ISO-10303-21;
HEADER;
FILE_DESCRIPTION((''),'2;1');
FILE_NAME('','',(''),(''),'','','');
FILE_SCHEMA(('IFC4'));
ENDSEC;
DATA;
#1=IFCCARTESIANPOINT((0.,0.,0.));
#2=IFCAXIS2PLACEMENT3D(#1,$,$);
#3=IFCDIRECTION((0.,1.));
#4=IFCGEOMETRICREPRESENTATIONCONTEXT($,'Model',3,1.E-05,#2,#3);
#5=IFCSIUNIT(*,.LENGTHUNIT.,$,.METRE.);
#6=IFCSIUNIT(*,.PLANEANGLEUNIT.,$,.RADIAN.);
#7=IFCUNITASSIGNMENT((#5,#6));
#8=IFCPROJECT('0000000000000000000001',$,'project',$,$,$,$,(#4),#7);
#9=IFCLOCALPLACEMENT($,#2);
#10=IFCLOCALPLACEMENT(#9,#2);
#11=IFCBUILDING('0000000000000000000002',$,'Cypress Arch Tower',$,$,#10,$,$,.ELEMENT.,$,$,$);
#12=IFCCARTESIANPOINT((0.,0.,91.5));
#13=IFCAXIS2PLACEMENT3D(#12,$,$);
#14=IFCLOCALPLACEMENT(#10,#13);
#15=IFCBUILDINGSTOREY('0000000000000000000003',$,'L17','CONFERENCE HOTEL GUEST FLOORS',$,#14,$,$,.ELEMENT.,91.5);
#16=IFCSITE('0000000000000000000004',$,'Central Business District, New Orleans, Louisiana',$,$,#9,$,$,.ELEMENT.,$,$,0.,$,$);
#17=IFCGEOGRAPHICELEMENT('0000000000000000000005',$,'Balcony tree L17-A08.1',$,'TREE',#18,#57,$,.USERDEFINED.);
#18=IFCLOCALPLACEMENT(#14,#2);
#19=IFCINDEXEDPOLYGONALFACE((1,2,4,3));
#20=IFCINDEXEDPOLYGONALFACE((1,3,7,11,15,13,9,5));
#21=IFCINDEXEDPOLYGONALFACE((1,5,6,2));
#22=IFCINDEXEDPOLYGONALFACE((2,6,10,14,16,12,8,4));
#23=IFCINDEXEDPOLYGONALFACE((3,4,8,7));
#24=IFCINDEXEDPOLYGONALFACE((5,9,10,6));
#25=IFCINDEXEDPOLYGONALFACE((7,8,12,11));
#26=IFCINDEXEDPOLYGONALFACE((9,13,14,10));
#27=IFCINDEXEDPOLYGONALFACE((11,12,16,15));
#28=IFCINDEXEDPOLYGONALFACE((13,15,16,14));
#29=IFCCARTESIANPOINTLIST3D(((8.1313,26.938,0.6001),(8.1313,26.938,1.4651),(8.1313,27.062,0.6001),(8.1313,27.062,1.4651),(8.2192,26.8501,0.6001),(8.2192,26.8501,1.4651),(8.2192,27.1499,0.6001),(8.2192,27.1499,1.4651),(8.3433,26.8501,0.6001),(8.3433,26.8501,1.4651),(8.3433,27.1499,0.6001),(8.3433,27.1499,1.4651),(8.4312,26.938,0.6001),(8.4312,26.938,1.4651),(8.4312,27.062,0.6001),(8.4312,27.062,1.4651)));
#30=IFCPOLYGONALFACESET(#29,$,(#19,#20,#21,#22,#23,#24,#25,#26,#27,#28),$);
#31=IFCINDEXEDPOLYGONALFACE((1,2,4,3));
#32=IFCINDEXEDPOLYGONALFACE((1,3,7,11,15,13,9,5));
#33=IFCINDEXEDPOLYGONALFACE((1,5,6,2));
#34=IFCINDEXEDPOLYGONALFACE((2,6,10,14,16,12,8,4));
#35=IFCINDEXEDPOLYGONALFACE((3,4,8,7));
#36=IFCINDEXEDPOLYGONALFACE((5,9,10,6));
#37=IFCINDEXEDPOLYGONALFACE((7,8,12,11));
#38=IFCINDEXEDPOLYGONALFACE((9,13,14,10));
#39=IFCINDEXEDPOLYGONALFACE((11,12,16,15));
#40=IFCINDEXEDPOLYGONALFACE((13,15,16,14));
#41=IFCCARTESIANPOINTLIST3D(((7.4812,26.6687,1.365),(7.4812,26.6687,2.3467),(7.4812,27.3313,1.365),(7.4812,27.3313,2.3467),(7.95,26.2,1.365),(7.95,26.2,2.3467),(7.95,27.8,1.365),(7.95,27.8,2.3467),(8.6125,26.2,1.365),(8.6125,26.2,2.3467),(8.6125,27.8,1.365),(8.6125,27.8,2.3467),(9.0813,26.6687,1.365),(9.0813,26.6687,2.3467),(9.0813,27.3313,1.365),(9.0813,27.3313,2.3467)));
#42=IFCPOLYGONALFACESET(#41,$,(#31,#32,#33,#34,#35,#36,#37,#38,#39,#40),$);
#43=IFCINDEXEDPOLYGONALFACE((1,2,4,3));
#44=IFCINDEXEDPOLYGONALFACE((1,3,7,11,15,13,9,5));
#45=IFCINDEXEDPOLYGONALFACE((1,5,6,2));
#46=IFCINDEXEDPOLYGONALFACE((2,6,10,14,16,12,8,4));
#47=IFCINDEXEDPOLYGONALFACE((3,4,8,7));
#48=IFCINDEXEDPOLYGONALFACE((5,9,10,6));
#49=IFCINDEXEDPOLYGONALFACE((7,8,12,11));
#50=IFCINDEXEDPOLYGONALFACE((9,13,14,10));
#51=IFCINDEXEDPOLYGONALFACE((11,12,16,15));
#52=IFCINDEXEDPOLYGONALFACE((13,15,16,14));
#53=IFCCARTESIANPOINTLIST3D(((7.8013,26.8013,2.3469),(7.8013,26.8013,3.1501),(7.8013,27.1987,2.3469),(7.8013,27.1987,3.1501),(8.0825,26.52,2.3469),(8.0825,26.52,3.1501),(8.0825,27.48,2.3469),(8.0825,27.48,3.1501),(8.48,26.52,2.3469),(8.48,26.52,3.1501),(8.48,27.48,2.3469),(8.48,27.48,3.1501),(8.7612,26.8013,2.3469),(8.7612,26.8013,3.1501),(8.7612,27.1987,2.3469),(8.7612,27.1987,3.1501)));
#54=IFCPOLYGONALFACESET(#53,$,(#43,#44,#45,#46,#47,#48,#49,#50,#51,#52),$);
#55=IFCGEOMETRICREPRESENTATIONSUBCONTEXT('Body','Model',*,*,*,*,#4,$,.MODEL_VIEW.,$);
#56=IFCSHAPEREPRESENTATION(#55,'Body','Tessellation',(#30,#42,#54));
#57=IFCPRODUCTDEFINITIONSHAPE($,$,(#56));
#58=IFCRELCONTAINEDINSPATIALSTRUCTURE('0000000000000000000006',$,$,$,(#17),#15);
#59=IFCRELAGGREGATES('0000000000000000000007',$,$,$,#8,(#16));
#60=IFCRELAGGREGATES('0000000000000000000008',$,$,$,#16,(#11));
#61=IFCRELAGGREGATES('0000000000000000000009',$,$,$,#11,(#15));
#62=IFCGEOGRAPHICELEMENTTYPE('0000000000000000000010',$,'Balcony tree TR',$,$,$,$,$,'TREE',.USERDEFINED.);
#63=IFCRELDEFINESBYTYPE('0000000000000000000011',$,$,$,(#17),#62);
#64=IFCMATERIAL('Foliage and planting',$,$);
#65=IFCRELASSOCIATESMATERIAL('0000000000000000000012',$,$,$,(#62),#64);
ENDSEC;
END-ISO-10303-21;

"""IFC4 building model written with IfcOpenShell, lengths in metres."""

from ifc_helpers import new_model, si_unit, direction, frame, origin, place, context, subcontext, project, spatial, polyline, outline, extrude, material, type_object, element, save


model = new_model("IFC4")

# Units and contexts
model_context = context("Model", 3, precision=1e-05, world=origin(), true_north=direction((0.0, 1.0)))
body_context = subcontext(model_context, "Body", "Model", "MODEL_VIEW")
ifc_project = project(units=[si_unit("LENGTHUNIT", "METRE"), si_unit("PLANEANGLEUNIT", "RADIAN")], contexts=[model_context])

# Site, building, storey
site_placement = place(None, origin())
site = spatial("IfcSite", under=ifc_project, at=site_placement, Name="Central Business District, New Orleans, Louisiana", CompositionType="ELEMENT", RefElevation=0.0)
building_placement = place(site_placement, origin())
building = spatial("IfcBuilding", under=site, at=building_placement, Name="Cypress Arch Tower", CompositionType="ELEMENT")
storey_placement = place(building_placement, frame((0.0, 0.0, 91.5)))
storey = spatial("IfcBuildingStorey", under=building, at=storey_placement, Name="L17", Description="CONFERENCE HOTEL GUEST FLOORS", CompositionType="ELEMENT", Elevation=91.5)

# Geographic element
ifc_material_1 = material(Name="Foliage and planting")
geographic_element_type = type_object("IfcGeographicElementType", Name="Balcony tree TR", ElementType="TREE", PredefinedType="USERDEFINED", material=ifc_material_1)
geographic_element_placement = place(storey_placement, frame((8.2812, 27.0, 0.6001), z_axis=(0.0, 0.0, 1.0), x_axis=(1.0, 0.0, 0.0)))
element("IfcGeographicElement", 1, at=geographic_element_placement, inside=storey, type_object=geographic_element_type, Name="Balcony tree L17-A08.1", ObjectType="TREE", PredefinedType="USERDEFINED", context=body_context, shape_type="SweptSolid", body=[
    extrude(outline(polyline([(0.1499, 0.062), (0.062, 0.1499), (-0.062, 0.1499), (-0.1499, 0.062), (-0.1499, -0.062), (-0.062, -0.1499), (0.062, -0.1499), (0.1499, -0.062), (0.1499, 0.062)])), origin(), (0.0, 0.0, 1.0), 0.865),
    extrude(outline(polyline([(0.8, 0.3313), (0.3313, 0.8), (-0.3313, 0.8), (-0.8, 0.3313), (-0.8, -0.3313), (-0.3313, -0.8), (0.3313, -0.8), (0.8, -0.3313), (0.8, 0.3313)])), frame((0.0, 0.0, 0.7649)), (0.0, 0.0, 1.0), 0.9817),
    extrude(outline(polyline([(0.48, 0.1987), (0.1987, 0.48), (-0.1987, 0.48), (-0.48, 0.1987), (-0.48, -0.1987), (-0.1987, -0.48), (0.1987, -0.48), (0.48, -0.1987), (0.48, 0.1987)])), frame((0.0, 0.0, 1.7468)), (0.0, 0.0, 1.0), 0.8032),
])

save(model, "model.ifc")
